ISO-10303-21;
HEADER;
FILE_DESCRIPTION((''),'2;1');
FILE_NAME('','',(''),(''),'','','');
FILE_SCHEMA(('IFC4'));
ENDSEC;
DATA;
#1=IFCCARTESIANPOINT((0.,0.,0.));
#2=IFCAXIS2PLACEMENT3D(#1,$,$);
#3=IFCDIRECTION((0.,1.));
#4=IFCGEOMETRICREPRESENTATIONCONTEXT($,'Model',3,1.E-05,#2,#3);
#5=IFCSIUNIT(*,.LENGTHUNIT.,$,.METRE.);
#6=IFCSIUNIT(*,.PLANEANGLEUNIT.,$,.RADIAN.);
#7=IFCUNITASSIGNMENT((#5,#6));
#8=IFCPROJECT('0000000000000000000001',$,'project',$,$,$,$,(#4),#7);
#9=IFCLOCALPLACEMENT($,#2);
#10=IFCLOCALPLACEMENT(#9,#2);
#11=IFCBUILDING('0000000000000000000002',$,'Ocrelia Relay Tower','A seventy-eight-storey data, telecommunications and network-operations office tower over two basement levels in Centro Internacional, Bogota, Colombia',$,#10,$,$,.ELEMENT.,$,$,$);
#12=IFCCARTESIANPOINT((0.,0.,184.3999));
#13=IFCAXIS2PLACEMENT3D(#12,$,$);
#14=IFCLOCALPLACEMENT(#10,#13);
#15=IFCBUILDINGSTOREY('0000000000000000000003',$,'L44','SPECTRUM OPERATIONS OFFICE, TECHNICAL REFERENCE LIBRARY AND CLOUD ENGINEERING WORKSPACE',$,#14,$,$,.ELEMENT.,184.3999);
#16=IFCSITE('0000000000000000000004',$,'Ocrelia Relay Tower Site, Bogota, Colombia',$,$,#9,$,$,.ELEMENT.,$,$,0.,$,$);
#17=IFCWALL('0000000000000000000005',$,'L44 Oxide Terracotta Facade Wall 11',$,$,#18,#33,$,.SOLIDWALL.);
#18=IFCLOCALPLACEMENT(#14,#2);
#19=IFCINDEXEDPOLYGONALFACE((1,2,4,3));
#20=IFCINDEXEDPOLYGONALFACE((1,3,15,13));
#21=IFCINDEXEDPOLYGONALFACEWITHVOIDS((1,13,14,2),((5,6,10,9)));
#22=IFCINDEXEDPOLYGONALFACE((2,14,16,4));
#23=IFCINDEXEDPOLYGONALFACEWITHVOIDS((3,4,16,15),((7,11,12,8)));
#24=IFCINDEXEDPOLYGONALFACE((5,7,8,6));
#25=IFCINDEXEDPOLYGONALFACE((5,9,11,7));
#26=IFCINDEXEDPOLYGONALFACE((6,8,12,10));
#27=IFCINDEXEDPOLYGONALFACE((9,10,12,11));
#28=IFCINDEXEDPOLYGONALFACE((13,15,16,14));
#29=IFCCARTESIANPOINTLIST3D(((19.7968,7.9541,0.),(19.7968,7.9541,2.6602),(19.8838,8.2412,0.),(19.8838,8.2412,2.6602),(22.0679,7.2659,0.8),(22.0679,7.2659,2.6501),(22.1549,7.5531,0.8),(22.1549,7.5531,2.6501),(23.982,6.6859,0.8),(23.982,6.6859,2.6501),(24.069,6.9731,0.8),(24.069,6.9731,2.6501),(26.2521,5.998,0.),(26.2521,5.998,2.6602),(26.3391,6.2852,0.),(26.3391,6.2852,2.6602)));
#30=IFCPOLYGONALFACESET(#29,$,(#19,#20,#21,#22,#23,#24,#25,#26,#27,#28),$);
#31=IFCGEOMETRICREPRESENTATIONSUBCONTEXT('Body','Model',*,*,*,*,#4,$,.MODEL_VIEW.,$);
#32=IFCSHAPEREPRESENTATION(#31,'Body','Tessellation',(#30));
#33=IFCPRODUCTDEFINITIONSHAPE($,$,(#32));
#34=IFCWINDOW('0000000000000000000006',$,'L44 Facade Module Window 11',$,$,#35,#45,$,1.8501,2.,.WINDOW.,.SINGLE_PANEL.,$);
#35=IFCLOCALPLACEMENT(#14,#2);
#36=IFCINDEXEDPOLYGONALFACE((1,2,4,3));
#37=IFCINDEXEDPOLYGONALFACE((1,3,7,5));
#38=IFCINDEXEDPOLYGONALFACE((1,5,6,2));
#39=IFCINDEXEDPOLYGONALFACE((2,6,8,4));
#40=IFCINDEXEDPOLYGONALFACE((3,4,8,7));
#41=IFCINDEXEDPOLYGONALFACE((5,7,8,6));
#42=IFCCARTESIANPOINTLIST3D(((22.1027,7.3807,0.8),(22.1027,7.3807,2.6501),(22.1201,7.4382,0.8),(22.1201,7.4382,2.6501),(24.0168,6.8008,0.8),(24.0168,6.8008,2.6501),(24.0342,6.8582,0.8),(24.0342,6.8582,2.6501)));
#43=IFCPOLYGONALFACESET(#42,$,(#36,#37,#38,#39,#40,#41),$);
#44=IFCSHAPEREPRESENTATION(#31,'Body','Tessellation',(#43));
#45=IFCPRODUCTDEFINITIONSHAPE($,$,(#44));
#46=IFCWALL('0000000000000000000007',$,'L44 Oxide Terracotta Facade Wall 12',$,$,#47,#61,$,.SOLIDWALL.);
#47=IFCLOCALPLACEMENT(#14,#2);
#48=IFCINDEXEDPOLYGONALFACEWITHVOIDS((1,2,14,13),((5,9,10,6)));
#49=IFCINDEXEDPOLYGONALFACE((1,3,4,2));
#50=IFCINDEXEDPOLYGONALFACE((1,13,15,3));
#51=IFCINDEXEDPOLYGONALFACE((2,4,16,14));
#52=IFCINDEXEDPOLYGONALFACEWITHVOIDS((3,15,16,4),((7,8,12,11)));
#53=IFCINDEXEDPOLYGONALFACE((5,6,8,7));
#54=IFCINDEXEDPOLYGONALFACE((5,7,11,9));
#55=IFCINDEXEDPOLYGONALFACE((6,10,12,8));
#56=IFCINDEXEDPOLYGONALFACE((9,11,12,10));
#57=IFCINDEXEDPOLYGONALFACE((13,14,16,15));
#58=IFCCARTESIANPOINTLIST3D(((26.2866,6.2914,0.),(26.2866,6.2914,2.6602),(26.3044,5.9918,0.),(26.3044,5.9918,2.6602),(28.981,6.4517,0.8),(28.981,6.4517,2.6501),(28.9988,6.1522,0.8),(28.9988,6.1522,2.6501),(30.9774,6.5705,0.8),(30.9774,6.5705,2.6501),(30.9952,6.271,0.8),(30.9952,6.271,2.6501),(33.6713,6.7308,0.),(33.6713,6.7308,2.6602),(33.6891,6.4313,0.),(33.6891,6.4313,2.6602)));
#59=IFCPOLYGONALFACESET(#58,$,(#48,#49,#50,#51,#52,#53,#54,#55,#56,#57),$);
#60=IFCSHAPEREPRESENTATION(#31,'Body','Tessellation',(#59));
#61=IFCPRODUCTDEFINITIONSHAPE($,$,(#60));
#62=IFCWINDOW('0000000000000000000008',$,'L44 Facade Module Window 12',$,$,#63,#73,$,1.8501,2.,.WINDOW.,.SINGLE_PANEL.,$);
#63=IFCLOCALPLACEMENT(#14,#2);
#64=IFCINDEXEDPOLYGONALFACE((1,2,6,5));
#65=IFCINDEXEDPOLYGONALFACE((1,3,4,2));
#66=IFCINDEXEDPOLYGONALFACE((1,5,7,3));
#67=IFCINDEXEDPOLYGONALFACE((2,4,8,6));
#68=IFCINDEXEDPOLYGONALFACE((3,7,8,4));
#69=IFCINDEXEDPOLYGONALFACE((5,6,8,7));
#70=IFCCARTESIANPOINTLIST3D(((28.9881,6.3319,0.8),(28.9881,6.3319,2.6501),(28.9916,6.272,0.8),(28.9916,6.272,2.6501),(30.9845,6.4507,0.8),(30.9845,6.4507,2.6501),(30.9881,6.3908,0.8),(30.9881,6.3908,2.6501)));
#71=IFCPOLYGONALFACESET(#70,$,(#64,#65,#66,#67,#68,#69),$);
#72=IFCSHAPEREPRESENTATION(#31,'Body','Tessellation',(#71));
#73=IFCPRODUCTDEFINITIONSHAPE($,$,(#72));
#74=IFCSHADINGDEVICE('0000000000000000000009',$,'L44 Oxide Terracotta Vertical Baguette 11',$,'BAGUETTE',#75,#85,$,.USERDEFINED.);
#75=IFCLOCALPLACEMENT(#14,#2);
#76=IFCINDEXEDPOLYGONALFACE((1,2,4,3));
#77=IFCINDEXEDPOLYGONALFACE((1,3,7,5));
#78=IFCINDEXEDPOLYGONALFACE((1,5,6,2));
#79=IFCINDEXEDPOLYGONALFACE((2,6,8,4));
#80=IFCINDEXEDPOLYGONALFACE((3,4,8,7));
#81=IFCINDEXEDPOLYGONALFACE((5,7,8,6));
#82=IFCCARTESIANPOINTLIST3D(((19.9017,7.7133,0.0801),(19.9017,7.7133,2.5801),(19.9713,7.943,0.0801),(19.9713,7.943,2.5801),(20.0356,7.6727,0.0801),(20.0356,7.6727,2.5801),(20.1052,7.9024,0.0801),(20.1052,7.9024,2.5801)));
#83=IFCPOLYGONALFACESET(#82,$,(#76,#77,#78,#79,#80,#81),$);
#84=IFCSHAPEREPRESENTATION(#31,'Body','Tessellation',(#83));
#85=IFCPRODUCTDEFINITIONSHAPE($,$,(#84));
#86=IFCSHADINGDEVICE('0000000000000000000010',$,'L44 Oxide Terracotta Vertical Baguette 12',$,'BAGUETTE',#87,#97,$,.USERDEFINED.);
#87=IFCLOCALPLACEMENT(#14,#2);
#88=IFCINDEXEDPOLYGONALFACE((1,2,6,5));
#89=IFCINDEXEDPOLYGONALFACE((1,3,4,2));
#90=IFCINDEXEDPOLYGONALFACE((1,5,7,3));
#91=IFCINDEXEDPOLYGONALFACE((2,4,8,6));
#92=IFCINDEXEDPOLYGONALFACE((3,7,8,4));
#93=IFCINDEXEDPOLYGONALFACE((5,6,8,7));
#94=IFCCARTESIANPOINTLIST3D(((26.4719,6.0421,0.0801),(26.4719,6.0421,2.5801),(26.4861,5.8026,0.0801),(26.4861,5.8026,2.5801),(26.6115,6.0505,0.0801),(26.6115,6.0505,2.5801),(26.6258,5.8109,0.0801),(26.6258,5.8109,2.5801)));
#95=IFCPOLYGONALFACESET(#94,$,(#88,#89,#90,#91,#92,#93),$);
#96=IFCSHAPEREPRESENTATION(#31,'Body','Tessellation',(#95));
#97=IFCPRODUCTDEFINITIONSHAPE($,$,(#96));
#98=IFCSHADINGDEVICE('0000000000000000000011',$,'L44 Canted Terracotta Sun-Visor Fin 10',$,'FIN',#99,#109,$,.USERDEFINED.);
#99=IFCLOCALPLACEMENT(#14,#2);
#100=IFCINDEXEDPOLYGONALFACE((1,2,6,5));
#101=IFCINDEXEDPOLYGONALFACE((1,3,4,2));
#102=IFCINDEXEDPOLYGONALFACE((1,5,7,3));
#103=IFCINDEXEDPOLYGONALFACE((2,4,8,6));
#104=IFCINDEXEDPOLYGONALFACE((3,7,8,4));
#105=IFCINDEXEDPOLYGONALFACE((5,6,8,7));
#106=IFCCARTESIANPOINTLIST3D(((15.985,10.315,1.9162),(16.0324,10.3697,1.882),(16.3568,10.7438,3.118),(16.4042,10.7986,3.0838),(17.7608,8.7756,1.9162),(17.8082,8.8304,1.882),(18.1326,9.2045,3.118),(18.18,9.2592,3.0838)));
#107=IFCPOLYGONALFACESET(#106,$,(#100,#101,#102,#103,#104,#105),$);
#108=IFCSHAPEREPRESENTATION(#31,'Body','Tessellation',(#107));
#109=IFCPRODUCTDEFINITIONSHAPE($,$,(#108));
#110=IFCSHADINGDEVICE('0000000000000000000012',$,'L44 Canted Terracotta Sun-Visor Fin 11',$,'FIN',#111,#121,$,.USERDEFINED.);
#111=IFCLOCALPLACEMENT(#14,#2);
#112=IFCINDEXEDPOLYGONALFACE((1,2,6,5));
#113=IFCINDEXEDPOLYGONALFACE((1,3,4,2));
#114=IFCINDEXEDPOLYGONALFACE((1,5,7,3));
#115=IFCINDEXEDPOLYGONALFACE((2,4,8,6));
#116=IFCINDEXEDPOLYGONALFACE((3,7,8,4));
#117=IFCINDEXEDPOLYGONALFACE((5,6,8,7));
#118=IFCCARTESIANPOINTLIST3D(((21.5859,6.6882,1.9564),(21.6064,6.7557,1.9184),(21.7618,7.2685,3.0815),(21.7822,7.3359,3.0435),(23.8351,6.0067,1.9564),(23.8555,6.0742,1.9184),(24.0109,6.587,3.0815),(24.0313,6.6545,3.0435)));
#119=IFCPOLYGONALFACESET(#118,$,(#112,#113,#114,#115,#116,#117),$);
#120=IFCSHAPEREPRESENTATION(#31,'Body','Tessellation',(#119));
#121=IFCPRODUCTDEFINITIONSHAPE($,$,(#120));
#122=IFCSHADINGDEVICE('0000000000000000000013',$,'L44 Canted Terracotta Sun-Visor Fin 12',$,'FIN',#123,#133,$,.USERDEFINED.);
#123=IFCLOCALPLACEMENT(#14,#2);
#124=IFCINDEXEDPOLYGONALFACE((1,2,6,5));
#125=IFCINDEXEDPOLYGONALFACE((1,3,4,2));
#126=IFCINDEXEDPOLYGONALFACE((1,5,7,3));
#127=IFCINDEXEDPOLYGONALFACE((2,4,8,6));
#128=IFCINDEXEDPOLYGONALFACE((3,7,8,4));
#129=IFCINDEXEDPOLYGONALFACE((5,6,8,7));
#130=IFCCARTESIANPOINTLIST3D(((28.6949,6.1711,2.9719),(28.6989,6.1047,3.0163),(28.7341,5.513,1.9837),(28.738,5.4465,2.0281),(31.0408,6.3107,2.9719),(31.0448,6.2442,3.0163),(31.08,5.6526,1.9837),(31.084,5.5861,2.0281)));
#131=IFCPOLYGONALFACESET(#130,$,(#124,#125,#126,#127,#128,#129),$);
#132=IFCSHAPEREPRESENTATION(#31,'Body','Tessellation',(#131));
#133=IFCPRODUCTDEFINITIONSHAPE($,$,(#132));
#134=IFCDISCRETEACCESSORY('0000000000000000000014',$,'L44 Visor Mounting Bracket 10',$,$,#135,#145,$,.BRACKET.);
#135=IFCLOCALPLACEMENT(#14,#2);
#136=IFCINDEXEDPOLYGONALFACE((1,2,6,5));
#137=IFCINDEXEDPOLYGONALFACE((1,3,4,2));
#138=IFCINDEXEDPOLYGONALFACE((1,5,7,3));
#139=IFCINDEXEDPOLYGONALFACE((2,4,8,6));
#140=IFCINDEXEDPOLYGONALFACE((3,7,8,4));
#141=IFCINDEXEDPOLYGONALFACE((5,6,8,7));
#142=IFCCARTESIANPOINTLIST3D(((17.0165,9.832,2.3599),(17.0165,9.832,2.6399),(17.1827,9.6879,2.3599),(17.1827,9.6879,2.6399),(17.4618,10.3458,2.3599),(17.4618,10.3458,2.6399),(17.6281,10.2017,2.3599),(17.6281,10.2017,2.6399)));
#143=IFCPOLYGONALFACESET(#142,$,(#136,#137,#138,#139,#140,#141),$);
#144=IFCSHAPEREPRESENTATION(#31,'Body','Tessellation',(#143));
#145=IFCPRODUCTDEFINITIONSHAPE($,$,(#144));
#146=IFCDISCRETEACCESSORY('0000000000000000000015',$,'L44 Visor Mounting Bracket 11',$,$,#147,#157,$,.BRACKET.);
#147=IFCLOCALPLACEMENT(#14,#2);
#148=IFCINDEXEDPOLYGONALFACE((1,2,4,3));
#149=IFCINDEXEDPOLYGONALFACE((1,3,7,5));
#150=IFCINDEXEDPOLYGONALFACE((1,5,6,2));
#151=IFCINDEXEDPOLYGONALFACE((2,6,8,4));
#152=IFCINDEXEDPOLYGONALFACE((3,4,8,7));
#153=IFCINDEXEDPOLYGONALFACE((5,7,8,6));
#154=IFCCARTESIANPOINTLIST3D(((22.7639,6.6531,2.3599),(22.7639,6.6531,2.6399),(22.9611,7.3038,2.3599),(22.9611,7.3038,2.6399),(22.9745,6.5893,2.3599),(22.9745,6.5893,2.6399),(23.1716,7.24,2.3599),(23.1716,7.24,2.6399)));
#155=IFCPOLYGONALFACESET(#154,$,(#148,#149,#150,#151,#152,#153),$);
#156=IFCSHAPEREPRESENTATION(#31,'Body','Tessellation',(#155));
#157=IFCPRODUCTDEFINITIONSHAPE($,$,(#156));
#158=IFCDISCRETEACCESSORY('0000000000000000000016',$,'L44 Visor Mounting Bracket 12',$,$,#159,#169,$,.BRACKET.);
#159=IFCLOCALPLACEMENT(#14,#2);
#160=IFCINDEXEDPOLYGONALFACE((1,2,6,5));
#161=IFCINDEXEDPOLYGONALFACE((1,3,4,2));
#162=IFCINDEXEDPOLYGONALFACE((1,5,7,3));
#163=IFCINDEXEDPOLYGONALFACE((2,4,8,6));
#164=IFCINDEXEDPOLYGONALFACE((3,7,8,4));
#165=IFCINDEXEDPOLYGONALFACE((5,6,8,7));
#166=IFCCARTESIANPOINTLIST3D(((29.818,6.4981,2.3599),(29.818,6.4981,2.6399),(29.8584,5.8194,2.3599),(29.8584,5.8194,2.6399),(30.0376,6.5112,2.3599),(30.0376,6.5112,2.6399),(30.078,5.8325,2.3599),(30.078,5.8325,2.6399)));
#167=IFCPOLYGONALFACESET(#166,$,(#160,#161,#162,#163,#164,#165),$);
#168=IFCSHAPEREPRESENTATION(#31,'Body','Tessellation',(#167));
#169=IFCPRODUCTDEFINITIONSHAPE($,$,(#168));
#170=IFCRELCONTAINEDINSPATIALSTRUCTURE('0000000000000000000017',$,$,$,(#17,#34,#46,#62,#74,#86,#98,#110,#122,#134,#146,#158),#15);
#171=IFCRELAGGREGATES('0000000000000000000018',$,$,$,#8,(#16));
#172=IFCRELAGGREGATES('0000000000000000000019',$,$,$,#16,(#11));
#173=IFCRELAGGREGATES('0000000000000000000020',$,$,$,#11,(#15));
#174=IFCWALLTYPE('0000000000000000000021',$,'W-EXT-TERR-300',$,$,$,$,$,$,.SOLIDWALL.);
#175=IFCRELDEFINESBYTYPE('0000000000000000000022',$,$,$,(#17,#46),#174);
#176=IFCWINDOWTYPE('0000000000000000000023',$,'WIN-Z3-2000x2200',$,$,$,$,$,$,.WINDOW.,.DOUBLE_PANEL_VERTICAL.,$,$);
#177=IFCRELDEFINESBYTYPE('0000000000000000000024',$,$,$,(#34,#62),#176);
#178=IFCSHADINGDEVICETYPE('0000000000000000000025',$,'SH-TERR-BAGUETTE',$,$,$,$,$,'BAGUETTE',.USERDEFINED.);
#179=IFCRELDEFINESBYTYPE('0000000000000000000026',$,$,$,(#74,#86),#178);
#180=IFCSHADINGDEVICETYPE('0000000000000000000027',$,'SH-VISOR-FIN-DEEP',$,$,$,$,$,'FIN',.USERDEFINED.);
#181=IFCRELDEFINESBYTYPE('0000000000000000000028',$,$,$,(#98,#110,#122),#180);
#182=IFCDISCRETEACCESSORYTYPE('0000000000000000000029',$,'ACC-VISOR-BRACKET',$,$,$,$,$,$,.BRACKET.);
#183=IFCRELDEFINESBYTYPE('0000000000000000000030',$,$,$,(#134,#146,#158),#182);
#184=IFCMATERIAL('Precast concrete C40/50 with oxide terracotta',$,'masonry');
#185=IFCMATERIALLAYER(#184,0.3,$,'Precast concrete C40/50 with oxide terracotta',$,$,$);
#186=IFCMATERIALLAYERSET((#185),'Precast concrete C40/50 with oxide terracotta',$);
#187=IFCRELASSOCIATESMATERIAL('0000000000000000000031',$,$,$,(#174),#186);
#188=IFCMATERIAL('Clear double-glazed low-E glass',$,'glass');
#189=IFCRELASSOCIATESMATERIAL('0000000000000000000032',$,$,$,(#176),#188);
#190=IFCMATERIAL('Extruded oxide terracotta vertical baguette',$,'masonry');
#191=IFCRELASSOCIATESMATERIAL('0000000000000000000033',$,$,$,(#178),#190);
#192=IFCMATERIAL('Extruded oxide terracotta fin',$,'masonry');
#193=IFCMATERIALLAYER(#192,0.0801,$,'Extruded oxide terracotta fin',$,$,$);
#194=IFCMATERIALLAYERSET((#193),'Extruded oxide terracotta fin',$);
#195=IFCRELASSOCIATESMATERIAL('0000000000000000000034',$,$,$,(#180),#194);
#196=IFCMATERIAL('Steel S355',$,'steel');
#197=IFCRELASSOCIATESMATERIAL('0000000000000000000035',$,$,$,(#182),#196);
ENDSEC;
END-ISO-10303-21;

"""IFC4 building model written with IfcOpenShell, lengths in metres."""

from ifc_helpers import new_model, si_unit, direction, frame, frame_2d, origin, origin_2d, place, context, subcontext, project, spatial, rectangle, extrude, material, layer, layer_set, type_object, element, fill, save


model = new_model("IFC4")

# Units and contexts
model_context = context("Model", 3, precision=1e-05, world=origin(), true_north=direction((0.0, 1.0)))
body_context = subcontext(model_context, "Body", "Model", "MODEL_VIEW")
ifc_project = project(units=[si_unit("LENGTHUNIT", "METRE"), si_unit("PLANEANGLEUNIT", "RADIAN")], contexts=[model_context])

# Site, building, storey
site_placement = place(None, origin())
site = spatial("IfcSite", under=ifc_project, at=site_placement, Name="Ocrelia Relay Tower Site, Bogota, Colombia", CompositionType="ELEMENT", RefElevation=0.0)
building_placement = place(site_placement, origin())
building = spatial("IfcBuilding", under=site, at=building_placement, Name="Ocrelia Relay Tower", Description="A seventy-eight-storey data, telecommunications and network-operations office tower over two basement levels in Centro Internacional, Bogota, Colombia", CompositionType="ELEMENT")
storey_placement = place(building_placement, frame((0.0, 0.0, 184.3999)))
storey = spatial("IfcBuildingStorey", under=building, at=storey_placement, Name="L44", Description="SPECTRUM OPERATIONS OFFICE, TECHNICAL REFERENCE LIBRARY AND CLOUD ENGINEERING WORKSPACE", CompositionType="ELEMENT", Elevation=184.3999)

# Shared definitions
ifc_material_1 = material(Name="Clear double-glazed low-E glass", Category="glass")

# Walls, openings, windows
ifc_material_2 = material(Name="Precast concrete C40/50 with oxide terracotta", Category="masonry")
ifc_layer_1 = layer(ifc_material_2, 0.3, Name="Precast concrete C40/50 with oxide terracotta")
ifc_layer_set_1 = layer_set([ifc_layer_1], Name="Precast concrete C40/50 with oxide terracotta")
wall_type = type_object("IfcWallType", Name="W-EXT-TERR-300", PredefinedType="SOLIDWALL", material=ifc_layer_set_1)
wall_1_placement = place(storey_placement, frame((19.8403, 8.0977, 0.0), z_axis=(0.0, 0.0, 1.0), x_axis=(0.957029, -0.289993, 0.0)))
wall_1 = element("IfcWall", 1, at=wall_1_placement, inside=storey, type_object=wall_type, Name="L44 Oxide Terracotta Facade Wall 11", PredefinedType="SOLIDWALL", context=body_context, shape_type="SweptSolid", body=[
    extrude(rectangle(XDim=6.7451, YDim=0.3, at=frame_2d((3.3726, 0.0))), origin(), (0.0, 0.0, 1.0), 2.6602),
])
opening_1_placement = place(wall_1_placement, frame((2.373, 0.0, 0.8)))
opening_1 = element("IfcOpeningElement", 2, at=opening_1_placement, cuts=wall_1, PredefinedType="OPENING", context=body_context, shape_type="SweptSolid", body=[
    extrude(rectangle(XDim=2.0, YDim=1.8501, at=frame_2d((1.0, 0.925))), frame((0.0, 0.1602, 0.0), z_axis=(0.0, -1.0, 0.0), x_axis=(1.0, 0.0, 0.0)), (0.0, 0.0, 1.0), 0.3201),
])
window_type = type_object("IfcWindowType", Name="WIN-Z3-2000x2200", PartitioningType="DOUBLE_PANEL_VERTICAL", PredefinedType="WINDOW", material=ifc_material_1)
window_1_placement = place(opening_1_placement, origin())
window_1 = element("IfcWindow", 3, at=window_1_placement, inside=storey, type_object=window_type, Name="L44 Facade Module Window 11", OverallHeight=1.8501, OverallWidth=2.0, PartitioningType="SINGLE_PANEL", PredefinedType="WINDOW", context=body_context, shape_type="SweptSolid", body=[
    extrude(rectangle(XDim=2.0, YDim=1.8501, at=frame_2d((1.0, 0.925))), frame((0.0, 0.03, 0.0), z_axis=(0.0, -1.0, 0.0), x_axis=(1.0, 0.0, 0.0)), (0.0, 0.0, 1.0), 0.0601),
])
fill(opening_1, window_1)
wall_2_placement = place(storey_placement, frame((26.2957, 6.1416, 0.0), z_axis=(0.0, 0.0, 1.0), x_axis=(0.998234, 0.059405, 0.0)))
wall_2 = element("IfcWall", 4, at=wall_2_placement, inside=storey, type_object=wall_type, Name="L44 Oxide Terracotta Facade Wall 12", PredefinedType="SOLIDWALL", context=body_context, shape_type="SweptSolid", body=[
    extrude(rectangle(XDim=7.3977, YDim=0.3, at=frame_2d((3.6987, 0.0))), origin(), (0.0, 0.0, 1.0), 2.6602),
])
opening_2_placement = place(wall_2_placement, frame((2.699, 0.0, 0.8)))
opening_2 = element("IfcOpeningElement", 5, at=opening_2_placement, cuts=wall_2, PredefinedType="OPENING", context=body_context, shape_type="SweptSolid", body=[
    extrude(rectangle(XDim=2.0, YDim=1.8501, at=frame_2d((1.0, 0.925))), frame((0.0, 0.1602, 0.0), z_axis=(0.0, -1.0, 0.0), x_axis=(1.0, 0.0, 0.0)), (0.0, 0.0, 1.0), 0.3201),
])
window_2_placement = place(opening_2_placement, origin())
window_2 = element("IfcWindow", 6, at=window_2_placement, inside=storey, type_object=window_type, Name="L44 Facade Module Window 12", OverallHeight=1.8501, OverallWidth=2.0, PartitioningType="SINGLE_PANEL", PredefinedType="WINDOW", context=body_context, shape_type="SweptSolid", body=[
    extrude(rectangle(XDim=2.0, YDim=1.8501, at=frame_2d((1.0, 0.925))), frame((0.0, 0.03, 0.0), z_axis=(0.0, -1.0, 0.0), x_axis=(1.0, 0.0, 0.0)), (0.0, 0.0, 1.0), 0.0601),
])
fill(opening_2, window_2)

# Shading devices
ifc_material_3 = material(Name="Extruded oxide terracotta vertical baguette", Category="masonry")
shading_device_type_1 = type_object("IfcShadingDeviceType", Name="SH-TERR-BAGUETTE", ElementType="BAGUETTE", PredefinedType="USERDEFINED", material=ifc_material_3)
for number, where, z_axis, x_axis, name in (
    (7, (20.0034, 7.8079, 0.0801), (0.0, 0.0, 1.0), (0.957035, -0.289973, 0.0), "L44 Oxide Terracotta Vertical Baguette 11"),
    (8, (26.5488, 5.9265, 0.0801), (0.0, 0.0, 1.0), (0.998234, 0.059398, 0.0), "L44 Oxide Terracotta Vertical Baguette 12"),
):
    element("IfcShadingDevice", number, at=place(storey_placement, frame(where, z_axis=z_axis, x_axis=x_axis)), inside=storey, type_object=shading_device_type_1, Name=name, ObjectType="BAGUETTE", PredefinedType="USERDEFINED", context=body_context, shape_type="SweptSolid", body=[
        extrude(rectangle(XDim=0.1399, YDim=0.24, at=origin_2d()), origin(), (0.0, 0.0, 1.0), 2.5),
    ])
ifc_material_4 = material(Name="Extruded oxide terracotta fin", Category="masonry")
ifc_layer_2 = layer(ifc_material_4, 0.0801, Name="Extruded oxide terracotta fin")
ifc_layer_set_2 = layer_set([ifc_layer_2], Name="Extruded oxide terracotta fin")
shading_device_type_2 = type_object("IfcShadingDeviceType", Name="SH-VISOR-FIN-DEEP", ElementType="FIN", PredefinedType="USERDEFINED", material=ifc_layer_set_2)
shading_device_1_placement = place(storey_placement, frame((17.1062, 9.8145, 2.4829), z_axis=(-0.592274, -0.683262, 0.427042), x_axis=(0.755627, -0.655002, 0.0)))
element("IfcShadingDevice", 9, at=shading_device_1_placement, inside=storey, type_object=shading_device_type_2, Name="L44 Canted Terracotta Sun-Visor Fin 10", ObjectType="FIN", PredefinedType="USERDEFINED", context=body_context, shape_type="SweptSolid", body=[
    extrude(rectangle(XDim=2.3501, YDim=1.3291, at=origin_2d()), origin(), (0.0, 0.0, 1.0), 0.0801),
])
shading_device_2_placement = place(storey_placement, frame((22.8188, 6.7051, 2.481), z_axis=(-0.255267, -0.842489, 0.474396), x_axis=(0.957035, -0.289973, 0.0)))
element("IfcShadingDevice", 10, at=shading_device_2_placement, inside=storey, type_object=shading_device_type_2, Name="L44 Canted Terracotta Sun-Visor Fin 11", ObjectType="FIN", PredefinedType="USERDEFINED", context=body_context, shape_type="SweptSolid", body=[
    extrude(rectangle(XDim=2.3501, YDim=1.2781, at=origin_2d()), origin(), (0.0, 0.0, 1.0), 0.0801),
])
shading_device_3_placement = place(storey_placement, frame((29.8875, 5.9119, 2.4778), z_axis=(0.049411, -0.830389, 0.55499), x_axis=(0.998234, 0.059398, 0.0)))
element("IfcShadingDevice", 11, at=shading_device_3_placement, inside=storey, type_object=shading_device_type_2, Name="L44 Canted Terracotta Sun-Visor Fin 12", ObjectType="FIN", PredefinedType="USERDEFINED", context=body_context, shape_type="SweptSolid", body=[
    extrude(rectangle(XDim=2.3501, YDim=1.188, at=origin_2d()), origin(), (0.0, 0.0, 1.0), 0.0801),
])

# Discrete accessories
ifc_material_5 = material(Name="Steel S355", Category="steel")
discrete_accessory_type = type_object("IfcDiscreteAccessoryType", Name="ACC-VISOR-BRACKET", PredefinedType="BRACKET", material=ifc_material_5)
for number, where, z_axis, x_axis, name in (
    (12, (17.3223, 10.0168, 2.3599), (0.0, 0.0, 1.0), (0.755627, -0.655002, 0.0), "L44 Visor Mounting Bracket 10"),
    (13, (22.9678, 6.9465, 2.3599), (0.0, 0.0, 1.0), (0.957035, -0.289973, 0.0), "L44 Visor Mounting Bracket 11"),
    (14, (29.948, 6.1653, 2.3599), (0.0, 0.0, 1.0), (0.998234, 0.059398, 0.0), "L44 Visor Mounting Bracket 12"),
):
    element("IfcDiscreteAccessory", number, at=place(storey_placement, frame(where, z_axis=z_axis, x_axis=x_axis)), inside=storey, type_object=discrete_accessory_type, Name=name, PredefinedType="BRACKET", context=body_context, shape_type="SweptSolid", body=[
        extrude(rectangle(XDim=0.22, YDim=0.6799, at=origin_2d()), origin(), (0.0, 0.0, 1.0), 0.28),
    ])

save(model, "model.ifc")
